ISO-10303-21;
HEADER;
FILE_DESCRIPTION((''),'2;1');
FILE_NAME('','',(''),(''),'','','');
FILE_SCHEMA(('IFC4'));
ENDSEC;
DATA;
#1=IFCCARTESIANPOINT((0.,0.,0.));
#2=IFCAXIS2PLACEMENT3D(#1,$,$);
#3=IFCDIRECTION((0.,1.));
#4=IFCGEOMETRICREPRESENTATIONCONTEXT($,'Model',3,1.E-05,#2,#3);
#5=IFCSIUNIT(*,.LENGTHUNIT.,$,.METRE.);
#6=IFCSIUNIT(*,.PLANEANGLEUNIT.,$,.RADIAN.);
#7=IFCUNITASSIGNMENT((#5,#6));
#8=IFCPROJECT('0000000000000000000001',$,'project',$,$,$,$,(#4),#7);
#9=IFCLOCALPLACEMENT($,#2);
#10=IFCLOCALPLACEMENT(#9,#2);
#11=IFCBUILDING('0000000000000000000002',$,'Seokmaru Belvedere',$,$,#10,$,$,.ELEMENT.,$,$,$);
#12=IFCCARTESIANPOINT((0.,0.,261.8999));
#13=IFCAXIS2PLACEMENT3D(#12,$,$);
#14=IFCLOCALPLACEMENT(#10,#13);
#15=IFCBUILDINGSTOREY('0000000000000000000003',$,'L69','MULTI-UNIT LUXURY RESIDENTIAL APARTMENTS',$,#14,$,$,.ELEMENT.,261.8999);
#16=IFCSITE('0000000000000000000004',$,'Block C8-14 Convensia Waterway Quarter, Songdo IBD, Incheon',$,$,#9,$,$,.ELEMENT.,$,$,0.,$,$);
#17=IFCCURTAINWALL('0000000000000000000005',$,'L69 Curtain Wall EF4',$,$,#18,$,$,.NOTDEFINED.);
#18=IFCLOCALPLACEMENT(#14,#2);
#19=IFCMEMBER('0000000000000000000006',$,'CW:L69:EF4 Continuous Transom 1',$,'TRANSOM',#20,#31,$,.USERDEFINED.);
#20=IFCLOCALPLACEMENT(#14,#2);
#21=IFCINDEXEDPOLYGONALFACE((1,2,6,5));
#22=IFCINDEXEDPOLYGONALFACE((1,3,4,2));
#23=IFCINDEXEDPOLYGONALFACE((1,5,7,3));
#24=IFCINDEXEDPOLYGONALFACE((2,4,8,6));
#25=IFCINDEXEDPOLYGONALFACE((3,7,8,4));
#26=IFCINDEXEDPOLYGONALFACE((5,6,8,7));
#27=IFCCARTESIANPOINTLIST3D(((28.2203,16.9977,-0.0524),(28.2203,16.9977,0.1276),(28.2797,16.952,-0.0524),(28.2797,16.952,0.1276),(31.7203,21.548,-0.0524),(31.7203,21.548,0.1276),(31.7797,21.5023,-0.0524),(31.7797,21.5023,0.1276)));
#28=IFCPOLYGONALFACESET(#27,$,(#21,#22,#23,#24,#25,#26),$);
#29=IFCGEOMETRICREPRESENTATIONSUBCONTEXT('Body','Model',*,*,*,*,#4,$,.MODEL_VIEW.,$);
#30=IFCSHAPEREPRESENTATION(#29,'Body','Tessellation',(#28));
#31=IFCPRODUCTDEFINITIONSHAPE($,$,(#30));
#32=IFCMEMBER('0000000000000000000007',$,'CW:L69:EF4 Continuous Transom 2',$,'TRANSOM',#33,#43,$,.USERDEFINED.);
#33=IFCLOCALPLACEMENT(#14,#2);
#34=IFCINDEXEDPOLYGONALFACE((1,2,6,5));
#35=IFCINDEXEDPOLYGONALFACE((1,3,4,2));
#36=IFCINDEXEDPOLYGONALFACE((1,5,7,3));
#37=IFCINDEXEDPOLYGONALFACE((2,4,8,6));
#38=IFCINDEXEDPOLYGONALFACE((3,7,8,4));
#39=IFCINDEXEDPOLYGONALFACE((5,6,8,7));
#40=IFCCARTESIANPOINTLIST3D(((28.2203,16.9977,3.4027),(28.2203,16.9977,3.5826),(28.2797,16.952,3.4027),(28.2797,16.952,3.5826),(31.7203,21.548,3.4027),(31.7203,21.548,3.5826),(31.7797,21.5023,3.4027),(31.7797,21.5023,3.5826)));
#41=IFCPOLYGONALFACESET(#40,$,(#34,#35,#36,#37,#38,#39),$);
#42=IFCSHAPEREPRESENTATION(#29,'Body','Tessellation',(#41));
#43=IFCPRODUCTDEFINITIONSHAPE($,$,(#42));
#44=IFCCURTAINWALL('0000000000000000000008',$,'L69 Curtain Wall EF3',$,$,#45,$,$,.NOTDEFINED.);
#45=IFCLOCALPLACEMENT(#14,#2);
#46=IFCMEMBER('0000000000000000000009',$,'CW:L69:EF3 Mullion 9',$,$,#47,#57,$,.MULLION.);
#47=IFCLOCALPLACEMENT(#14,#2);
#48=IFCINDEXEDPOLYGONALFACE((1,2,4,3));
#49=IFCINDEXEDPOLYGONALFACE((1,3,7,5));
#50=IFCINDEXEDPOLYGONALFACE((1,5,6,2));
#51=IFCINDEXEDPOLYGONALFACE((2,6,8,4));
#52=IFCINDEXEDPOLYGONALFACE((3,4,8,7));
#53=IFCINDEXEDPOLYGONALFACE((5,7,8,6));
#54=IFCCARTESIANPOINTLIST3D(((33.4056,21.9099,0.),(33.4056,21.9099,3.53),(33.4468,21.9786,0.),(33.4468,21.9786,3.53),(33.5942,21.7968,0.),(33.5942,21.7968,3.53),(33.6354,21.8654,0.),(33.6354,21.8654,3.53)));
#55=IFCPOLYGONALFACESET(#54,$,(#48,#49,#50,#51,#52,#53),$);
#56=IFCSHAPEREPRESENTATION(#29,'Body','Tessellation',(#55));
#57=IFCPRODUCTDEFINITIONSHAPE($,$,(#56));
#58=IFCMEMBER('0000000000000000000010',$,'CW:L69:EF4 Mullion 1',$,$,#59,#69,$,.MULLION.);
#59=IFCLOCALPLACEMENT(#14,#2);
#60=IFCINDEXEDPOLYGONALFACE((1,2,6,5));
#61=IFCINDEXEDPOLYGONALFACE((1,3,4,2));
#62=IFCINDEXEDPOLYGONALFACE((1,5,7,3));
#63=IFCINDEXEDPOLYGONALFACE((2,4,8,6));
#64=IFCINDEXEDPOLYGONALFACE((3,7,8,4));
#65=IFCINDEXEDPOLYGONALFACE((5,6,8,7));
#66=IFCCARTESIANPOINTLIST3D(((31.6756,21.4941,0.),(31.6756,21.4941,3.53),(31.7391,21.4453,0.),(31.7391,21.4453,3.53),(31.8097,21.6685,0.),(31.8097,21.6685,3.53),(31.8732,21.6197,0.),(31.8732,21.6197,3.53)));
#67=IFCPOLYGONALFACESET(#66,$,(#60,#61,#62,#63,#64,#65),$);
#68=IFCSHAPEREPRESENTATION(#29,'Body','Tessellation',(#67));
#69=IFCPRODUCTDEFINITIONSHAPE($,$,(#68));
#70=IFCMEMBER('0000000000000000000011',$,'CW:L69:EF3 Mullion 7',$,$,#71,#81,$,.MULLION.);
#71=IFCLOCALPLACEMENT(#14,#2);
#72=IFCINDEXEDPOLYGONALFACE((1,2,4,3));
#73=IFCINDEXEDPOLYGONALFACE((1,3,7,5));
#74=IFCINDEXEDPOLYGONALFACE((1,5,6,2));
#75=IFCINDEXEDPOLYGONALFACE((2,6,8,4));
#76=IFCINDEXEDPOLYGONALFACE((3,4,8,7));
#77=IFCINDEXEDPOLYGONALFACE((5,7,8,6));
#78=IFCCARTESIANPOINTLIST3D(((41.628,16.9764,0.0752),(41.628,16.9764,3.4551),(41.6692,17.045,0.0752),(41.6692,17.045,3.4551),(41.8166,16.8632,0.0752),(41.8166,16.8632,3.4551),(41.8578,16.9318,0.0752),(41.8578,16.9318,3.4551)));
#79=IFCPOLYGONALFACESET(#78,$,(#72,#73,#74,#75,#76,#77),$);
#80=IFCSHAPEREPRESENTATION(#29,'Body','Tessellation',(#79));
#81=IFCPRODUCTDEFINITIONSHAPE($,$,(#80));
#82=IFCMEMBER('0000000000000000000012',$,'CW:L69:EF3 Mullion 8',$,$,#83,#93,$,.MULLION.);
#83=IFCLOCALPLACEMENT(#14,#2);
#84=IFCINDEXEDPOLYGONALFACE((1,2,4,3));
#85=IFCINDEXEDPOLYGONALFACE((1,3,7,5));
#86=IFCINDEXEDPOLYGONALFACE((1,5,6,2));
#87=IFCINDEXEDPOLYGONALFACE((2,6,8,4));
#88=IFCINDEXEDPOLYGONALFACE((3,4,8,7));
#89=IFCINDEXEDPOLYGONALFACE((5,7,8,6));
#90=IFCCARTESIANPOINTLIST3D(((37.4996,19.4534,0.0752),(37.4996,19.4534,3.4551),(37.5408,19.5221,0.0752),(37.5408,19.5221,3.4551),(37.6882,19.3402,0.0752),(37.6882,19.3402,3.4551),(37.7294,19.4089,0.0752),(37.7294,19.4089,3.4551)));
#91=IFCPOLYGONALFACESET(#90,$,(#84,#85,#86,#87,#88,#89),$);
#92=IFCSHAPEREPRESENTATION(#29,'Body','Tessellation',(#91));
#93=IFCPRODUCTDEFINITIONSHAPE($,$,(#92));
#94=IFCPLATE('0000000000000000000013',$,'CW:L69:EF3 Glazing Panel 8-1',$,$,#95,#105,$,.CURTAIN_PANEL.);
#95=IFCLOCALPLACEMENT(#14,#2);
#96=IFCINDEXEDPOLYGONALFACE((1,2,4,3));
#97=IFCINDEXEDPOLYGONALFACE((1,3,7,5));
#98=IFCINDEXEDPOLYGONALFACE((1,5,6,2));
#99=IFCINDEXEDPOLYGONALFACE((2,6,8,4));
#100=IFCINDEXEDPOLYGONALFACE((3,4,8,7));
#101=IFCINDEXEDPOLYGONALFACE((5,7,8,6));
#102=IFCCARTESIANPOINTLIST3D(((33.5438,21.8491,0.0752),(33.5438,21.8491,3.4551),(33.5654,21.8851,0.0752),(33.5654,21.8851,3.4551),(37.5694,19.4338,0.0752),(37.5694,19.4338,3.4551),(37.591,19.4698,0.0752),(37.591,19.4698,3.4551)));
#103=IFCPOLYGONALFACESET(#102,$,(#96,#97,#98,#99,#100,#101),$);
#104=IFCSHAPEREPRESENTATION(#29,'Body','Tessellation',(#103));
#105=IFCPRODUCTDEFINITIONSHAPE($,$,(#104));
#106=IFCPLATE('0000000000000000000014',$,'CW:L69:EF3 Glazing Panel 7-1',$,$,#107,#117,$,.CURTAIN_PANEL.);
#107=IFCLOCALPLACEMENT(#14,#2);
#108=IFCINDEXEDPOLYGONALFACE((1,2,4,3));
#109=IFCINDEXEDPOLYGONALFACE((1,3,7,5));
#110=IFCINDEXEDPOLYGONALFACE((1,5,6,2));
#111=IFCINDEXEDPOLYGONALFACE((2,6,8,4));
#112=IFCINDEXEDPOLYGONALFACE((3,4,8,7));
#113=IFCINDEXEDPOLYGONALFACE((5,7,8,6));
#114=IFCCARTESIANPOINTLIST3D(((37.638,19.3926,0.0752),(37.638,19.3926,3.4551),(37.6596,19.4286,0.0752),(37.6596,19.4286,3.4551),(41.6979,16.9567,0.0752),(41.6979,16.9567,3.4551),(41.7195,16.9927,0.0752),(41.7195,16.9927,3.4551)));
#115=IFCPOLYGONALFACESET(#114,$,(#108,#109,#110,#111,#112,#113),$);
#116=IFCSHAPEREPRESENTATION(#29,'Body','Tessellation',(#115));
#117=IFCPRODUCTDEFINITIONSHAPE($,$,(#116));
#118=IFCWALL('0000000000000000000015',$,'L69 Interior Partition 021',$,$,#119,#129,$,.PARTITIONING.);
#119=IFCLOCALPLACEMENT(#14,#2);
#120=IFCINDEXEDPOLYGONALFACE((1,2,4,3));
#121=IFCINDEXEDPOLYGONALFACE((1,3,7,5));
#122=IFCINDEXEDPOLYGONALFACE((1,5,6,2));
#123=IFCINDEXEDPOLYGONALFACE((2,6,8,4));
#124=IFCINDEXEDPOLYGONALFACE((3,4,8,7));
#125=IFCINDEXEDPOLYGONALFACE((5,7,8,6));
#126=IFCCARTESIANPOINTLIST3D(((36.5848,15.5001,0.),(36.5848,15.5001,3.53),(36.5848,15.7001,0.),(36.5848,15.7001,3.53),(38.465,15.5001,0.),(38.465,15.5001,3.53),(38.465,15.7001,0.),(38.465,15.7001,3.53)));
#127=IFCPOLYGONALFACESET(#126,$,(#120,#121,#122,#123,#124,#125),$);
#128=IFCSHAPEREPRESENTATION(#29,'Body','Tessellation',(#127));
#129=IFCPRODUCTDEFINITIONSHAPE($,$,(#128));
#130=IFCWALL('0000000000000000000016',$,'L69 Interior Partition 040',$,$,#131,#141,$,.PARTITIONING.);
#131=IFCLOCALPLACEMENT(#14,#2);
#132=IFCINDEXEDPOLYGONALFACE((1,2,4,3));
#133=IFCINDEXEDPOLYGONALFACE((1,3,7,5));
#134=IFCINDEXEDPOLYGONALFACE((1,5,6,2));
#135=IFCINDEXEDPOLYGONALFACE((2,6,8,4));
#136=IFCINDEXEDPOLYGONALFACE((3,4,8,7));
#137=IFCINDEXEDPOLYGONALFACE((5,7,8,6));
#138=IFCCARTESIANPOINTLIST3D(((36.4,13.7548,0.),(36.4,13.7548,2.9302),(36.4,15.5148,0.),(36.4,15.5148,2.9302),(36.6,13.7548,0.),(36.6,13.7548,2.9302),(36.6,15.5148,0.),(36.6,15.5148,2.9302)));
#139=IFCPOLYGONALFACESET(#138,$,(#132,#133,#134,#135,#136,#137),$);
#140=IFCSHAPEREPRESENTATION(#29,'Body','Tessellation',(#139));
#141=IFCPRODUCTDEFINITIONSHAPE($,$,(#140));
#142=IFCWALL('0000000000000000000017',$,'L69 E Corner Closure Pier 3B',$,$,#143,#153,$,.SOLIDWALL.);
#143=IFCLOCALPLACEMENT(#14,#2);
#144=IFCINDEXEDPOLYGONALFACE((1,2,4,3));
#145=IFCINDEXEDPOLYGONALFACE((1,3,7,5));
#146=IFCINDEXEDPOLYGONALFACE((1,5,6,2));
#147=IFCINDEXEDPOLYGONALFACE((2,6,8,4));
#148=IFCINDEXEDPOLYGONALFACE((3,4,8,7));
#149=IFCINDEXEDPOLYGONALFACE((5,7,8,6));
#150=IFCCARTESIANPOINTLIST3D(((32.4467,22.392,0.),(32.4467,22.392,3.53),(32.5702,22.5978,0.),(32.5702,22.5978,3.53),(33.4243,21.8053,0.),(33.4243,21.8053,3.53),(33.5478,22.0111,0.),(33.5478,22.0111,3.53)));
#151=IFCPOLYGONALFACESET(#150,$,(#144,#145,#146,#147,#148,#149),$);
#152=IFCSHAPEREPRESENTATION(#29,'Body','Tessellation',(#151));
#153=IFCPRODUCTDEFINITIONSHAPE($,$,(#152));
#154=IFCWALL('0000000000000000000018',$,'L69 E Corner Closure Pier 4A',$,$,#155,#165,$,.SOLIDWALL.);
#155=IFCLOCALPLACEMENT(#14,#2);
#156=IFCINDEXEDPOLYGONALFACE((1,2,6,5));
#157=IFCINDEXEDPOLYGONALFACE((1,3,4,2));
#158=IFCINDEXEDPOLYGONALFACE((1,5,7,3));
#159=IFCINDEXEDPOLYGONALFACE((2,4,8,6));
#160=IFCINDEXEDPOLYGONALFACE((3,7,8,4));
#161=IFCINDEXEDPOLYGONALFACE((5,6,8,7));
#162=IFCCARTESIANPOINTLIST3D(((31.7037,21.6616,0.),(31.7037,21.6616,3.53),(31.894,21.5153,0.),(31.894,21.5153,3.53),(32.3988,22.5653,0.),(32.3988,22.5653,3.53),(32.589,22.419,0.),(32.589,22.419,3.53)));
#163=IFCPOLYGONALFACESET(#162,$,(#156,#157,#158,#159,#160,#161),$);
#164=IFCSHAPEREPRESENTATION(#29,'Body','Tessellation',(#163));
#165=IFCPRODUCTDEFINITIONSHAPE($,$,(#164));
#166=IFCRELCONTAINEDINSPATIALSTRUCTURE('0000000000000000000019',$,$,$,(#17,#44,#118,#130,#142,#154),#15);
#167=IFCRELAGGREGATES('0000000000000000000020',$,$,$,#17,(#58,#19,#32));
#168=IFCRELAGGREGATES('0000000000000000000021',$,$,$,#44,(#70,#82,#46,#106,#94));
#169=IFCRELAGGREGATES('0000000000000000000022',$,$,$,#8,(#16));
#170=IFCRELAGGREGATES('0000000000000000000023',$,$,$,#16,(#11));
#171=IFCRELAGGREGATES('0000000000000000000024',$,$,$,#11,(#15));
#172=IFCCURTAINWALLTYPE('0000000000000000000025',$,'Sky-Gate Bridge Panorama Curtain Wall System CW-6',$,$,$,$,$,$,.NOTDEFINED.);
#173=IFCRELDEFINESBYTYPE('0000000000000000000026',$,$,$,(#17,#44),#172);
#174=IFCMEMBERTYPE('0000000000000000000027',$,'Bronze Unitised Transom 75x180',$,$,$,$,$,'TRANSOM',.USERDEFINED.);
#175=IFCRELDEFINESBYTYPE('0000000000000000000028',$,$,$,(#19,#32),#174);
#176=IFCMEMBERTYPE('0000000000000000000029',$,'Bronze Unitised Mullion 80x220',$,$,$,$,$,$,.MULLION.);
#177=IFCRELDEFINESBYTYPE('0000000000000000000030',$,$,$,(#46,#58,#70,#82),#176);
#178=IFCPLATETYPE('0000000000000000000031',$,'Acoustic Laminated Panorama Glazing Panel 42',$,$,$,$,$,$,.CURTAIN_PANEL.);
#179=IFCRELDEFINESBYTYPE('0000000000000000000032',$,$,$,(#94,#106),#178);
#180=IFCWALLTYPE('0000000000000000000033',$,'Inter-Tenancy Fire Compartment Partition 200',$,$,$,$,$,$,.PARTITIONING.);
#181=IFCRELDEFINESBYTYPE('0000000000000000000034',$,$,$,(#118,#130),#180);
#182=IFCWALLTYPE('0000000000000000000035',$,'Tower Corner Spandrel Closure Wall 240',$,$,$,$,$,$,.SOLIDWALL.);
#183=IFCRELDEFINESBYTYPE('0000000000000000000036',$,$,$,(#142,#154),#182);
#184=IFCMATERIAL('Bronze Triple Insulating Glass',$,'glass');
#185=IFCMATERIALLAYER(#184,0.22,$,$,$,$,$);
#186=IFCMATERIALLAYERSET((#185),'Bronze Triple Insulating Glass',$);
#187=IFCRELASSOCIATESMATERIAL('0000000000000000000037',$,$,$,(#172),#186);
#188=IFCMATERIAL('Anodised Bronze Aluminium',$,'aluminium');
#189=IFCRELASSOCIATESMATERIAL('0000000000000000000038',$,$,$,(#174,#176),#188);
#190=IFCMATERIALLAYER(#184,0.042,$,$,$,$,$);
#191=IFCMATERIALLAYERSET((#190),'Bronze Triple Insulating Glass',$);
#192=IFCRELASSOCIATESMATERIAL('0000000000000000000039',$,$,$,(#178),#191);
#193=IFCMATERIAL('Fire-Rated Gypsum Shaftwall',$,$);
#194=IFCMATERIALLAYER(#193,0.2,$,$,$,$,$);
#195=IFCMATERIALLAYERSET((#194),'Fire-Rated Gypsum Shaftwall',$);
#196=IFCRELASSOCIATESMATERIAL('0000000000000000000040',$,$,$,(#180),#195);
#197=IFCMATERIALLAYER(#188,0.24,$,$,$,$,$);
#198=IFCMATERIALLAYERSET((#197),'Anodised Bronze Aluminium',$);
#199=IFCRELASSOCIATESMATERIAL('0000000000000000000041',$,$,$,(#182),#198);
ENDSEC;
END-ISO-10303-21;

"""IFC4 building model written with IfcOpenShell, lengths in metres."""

from ifc_helpers import new_model, si_unit, direction, frame, frame_2d, origin, origin_2d, place, context, subcontext, project, spatial, rectangle, extrude, source, transform, mapped, material, layer, layer_set, material_profile, profile_set, type_object, type_shapes, element, aggregate, save


model = new_model("IFC4")

# Units and contexts
model_context = context("Model", 3, precision=1e-05, world=origin(), true_north=direction((0.0, 1.0)))
body_context = subcontext(model_context, "Body", "Model", "MODEL_VIEW")
ifc_project = project(units=[si_unit("LENGTHUNIT", "METRE"), si_unit("PLANEANGLEUNIT", "RADIAN")], contexts=[model_context])

# Site, building, storey
site_placement = place(None, origin())
site = spatial("IfcSite", under=ifc_project, at=site_placement, Name="Block C8-14 Convensia Waterway Quarter, Songdo IBD, Incheon", CompositionType="ELEMENT", RefElevation=0.0)
building_placement = place(site_placement, origin())
building = spatial("IfcBuilding", under=site, at=building_placement, Name="Seokmaru Belvedere", CompositionType="ELEMENT")
storey_placement = place(building_placement, frame((0.0, 0.0, 261.8999)))
storey = spatial("IfcBuildingStorey", under=building, at=storey_placement, Name="L69", Description="MULTI-UNIT LUXURY RESIDENTIAL APARTMENTS", CompositionType="ELEMENT", Elevation=261.8999)

# Curtain wall, members
ifc_material_1 = material(Name="Bronze Triple Insulating Glass", Category="glass")
ifc_layer_1 = layer(ifc_material_1, 0.22)
ifc_layer_set_1 = layer_set([ifc_layer_1], Name="Bronze Triple Insulating Glass")
curtain_wall_type = type_object("IfcCurtainWallType", Name="Sky-Gate Bridge Panorama Curtain Wall System CW-6", PredefinedType="NOTDEFINED", material=ifc_layer_set_1)
curtain_wall_1_placement = place(storey_placement, origin())
curtain_wall_1 = element("IfcCurtainWall", 1, at=curtain_wall_1_placement, inside=storey, type_object=curtain_wall_type, Name="L69 Curtain Wall EF4", PredefinedType="NOTDEFINED")
ifc_material_2 = material(Name="Anodised Bronze Aluminium", Category="aluminium")
ifc_material_profile_1 = material_profile(ifc_material_2, rectangle(XDim=0.075, YDim=0.1799, at=origin_2d()), Name="CW-T-75x180")
ifc_profile_set_1 = profile_set([ifc_material_profile_1], Name="Anodised Bronze Aluminium")
member_type_1 = type_object("IfcMemberType", Name="Bronze Unitised Transom 75x180", ElementType="TRANSOM", PredefinedType="USERDEFINED", material=ifc_profile_set_1)
shared_shape_1 = source(origin(), body_context, "Body", "SweptSolid", [
    extrude(rectangle(XDim=0.075, YDim=0.1799, at=origin_2d()), origin(), (0.0, 0.0, 1.0), 5.7407),
])
type_shapes(member_type_1, [shared_shape_1])
member_1_placement = place(storey_placement, frame((31.75, 21.5251, 0.0376), z_axis=(-0.609686, -0.792643, 0.0), x_axis=(0.792643, -0.609686, 0.0)))
member_1 = element("IfcMember", 2, at=member_1_placement, type_object=member_type_1, Name="CW:L69:EF4 Continuous Transom 1", ObjectType="TRANSOM", PredefinedType="USERDEFINED", context=body_context, shape_type="MappedRepresentation", body=[
    mapped(shared_shape_1, transform((0.0, 0.0, 0.0), scale=1.0)),
])
member_2_placement = place(storey_placement, frame((31.75, 21.5251, 3.4927), z_axis=(-0.609686, -0.792643, 0.0), x_axis=(0.792643, -0.609686, 0.0)))
member_2 = element("IfcMember", 3, at=member_2_placement, type_object=member_type_1, Name="CW:L69:EF4 Continuous Transom 2", ObjectType="TRANSOM", PredefinedType="USERDEFINED", context=body_context, shape_type="MappedRepresentation", body=[
    mapped(shared_shape_1, transform((0.0, 0.0, 0.0), scale=1.0)),
])

# Curtain wall, member
curtain_wall_2_placement = place(storey_placement, origin())
curtain_wall_2 = element("IfcCurtainWall", 4, at=curtain_wall_2_placement, inside=storey, type_object=curtain_wall_type, Name="L69 Curtain Wall EF3", PredefinedType="NOTDEFINED")
ifc_material_profile_2 = material_profile(ifc_material_2, rectangle(XDim=0.0801, YDim=0.22, at=origin_2d()), Name="CW-M-80x220")
ifc_profile_set_2 = profile_set([ifc_material_profile_2], Name="Anodised Bronze Aluminium")
member_type_2 = type_object("IfcMemberType", Name="Bronze Unitised Mullion 80x220", PredefinedType="MULLION", material=ifc_profile_set_2)
shared_shape_2 = source(origin(), body_context, "Body", "SweptSolid", [
    extrude(rectangle(XDim=0.0801, YDim=0.22, at=origin_2d()), origin(), (0.0, 0.0, 1.0), 3.53),
])
member_3_placement = place(storey_placement, frame((33.5205, 21.8877, 0.0), z_axis=(0.0, 0.0, 1.0), x_axis=(-0.514495, -0.857493, 0.0)))
member_3 = element("IfcMember", 5, at=member_3_placement, type_object=member_type_2, Name="CW:L69:EF3 Mullion 9", PredefinedType="MULLION", context=body_context, shape_type="MappedRepresentation", body=[
    mapped(shared_shape_2, transform((0.0, 0.0, 0.0), scale=1.0)),
])

# Members
member_4_placement = place(storey_placement, frame((31.7744, 21.5569, 0.0), z_axis=(0.0, 0.0, 1.0), x_axis=(0.792631, -0.609701, 0.0)))
member_4 = element("IfcMember", 6, at=member_4_placement, type_object=member_type_2, Name="CW:L69:EF4 Mullion 1", PredefinedType="MULLION", context=body_context, shape_type="MappedRepresentation", body=[
    mapped(shared_shape_2, transform((0.0, 0.0, 0.0), scale=1.0)),
])
aggregate(curtain_wall_1, [member_4, member_1, member_2])
shared_shape_3 = source(origin(), body_context, "Body", "SweptSolid", [
    extrude(rectangle(XDim=0.0801, YDim=0.22, at=origin_2d()), origin(), (0.0, 0.0, 1.0), 3.3799),
])
type_shapes(member_type_2, [shared_shape_2, shared_shape_3])
member_5_placement = place(storey_placement, frame((41.7429, 16.9541, 0.0752), z_axis=(0.0, 0.0, 1.0), x_axis=(-0.514495, -0.857493, 0.0)))
member_5 = element("IfcMember", 7, at=member_5_placement, type_object=member_type_2, Name="CW:L69:EF3 Mullion 7", PredefinedType="MULLION", context=body_context, shape_type="MappedRepresentation", body=[
    mapped(shared_shape_3, transform((0.0, 0.0, 0.0), scale=1.0)),
])
member_6_placement = place(storey_placement, frame((37.6145, 19.4312, 0.0752), z_axis=(0.0, 0.0, 1.0), x_axis=(-0.514495, -0.857493, 0.0)))
member_6 = element("IfcMember", 8, at=member_6_placement, type_object=member_type_2, Name="CW:L69:EF3 Mullion 8", PredefinedType="MULLION", context=body_context, shape_type="MappedRepresentation", body=[
    mapped(shared_shape_3, transform((0.0, 0.0, 0.0), scale=1.0)),
])

# Plates
ifc_layer_2 = layer(ifc_material_1, 0.042)
ifc_layer_set_2 = layer_set([ifc_layer_2], Name="Bronze Triple Insulating Glass")
plate_type = type_object("IfcPlateType", Name="Acoustic Laminated Panorama Glazing Panel 42", PredefinedType="CURTAIN_PANEL", material=ifc_layer_set_2)
shared_shape_4 = source(origin(), body_context, "Body", "SweptSolid", [
    extrude(rectangle(XDim=4.6946, YDim=0.042, at=origin_2d()), origin(), (0.0, 0.0, 1.0), 3.3799),
])
plate_1_placement = place(storey_placement, frame((35.5674, 20.6594, 0.0752), z_axis=(0.0, 0.0, 1.0), x_axis=(-0.857493, 0.514495, 0.0)))
plate_1 = element("IfcPlate", 9, at=plate_1_placement, type_object=plate_type, Name="CW:L69:EF3 Glazing Panel 8-1", PredefinedType="CURTAIN_PANEL", context=body_context, shape_type="MappedRepresentation", body=[
    mapped(shared_shape_4, transform((0.0, 0.0, 0.0), scale=1.0)),
])
shared_shape_5 = source(origin(), body_context, "Body", "SweptSolid", [
    extrude(rectangle(XDim=4.7346, YDim=0.042, at=origin_2d()), origin(), (0.0, 0.0, 1.0), 3.3799),
])
type_shapes(plate_type, [shared_shape_4, shared_shape_5])
plate_2_placement = place(storey_placement, frame((39.6787, 18.1926, 0.0752), z_axis=(0.0, 0.0, 1.0), x_axis=(-0.857493, 0.514495, 0.0)))
plate_2 = element("IfcPlate", 10, at=plate_2_placement, type_object=plate_type, Name="CW:L69:EF3 Glazing Panel 7-1", PredefinedType="CURTAIN_PANEL", context=body_context, shape_type="MappedRepresentation", body=[
    mapped(shared_shape_5, transform((0.0, 0.0, 0.0), scale=1.0)),
])
aggregate(curtain_wall_2, [member_5, member_6, member_3, plate_2, plate_1])

# Walls
ifc_material_3 = material(Name="Fire-Rated Gypsum Shaftwall")
ifc_layer_3 = layer(ifc_material_3, 0.2)
ifc_layer_set_3 = layer_set([ifc_layer_3], Name="Fire-Rated Gypsum Shaftwall")
wall_type_1 = type_object("IfcWallType", Name="Inter-Tenancy Fire Compartment Partition 200", PredefinedType="PARTITIONING", material=ifc_layer_set_3)
wall_1_placement = place(storey_placement, frame((36.585, 15.6001, 0.0), z_axis=(0.0, 0.0, 1.0), x_axis=(1.0, 0.0, 0.0)))
element("IfcWall", 11, at=wall_1_placement, inside=storey, type_object=wall_type_1, Name="L69 Interior Partition 021", PredefinedType="PARTITIONING", context=body_context, shape_type="SweptSolid", body=[
    extrude(rectangle(XDim=1.8801, YDim=0.2, at=frame_2d((0.9399, 0.0))), origin(), (0.0, 0.0, 1.0), 3.53),
])
wall_2_placement = place(storey_placement, frame((36.5, 13.7549, 0.0), z_axis=(0.0, 0.0, 1.0), x_axis=(0.0, 1.0, 0.0)))
element("IfcWall", 12, at=wall_2_placement, inside=storey, type_object=wall_type_1, Name="L69 Interior Partition 040", PredefinedType="PARTITIONING", context=body_context, shape_type="SweptSolid", body=[
    extrude(rectangle(XDim=1.76, YDim=0.2, at=frame_2d((0.8799, 0.0))), origin(), (0.0, 0.0, 1.0), 2.9302),
])
ifc_layer_4 = layer(ifc_material_2, 0.24)
ifc_layer_set_4 = layer_set([ifc_layer_4], Name="Anodised Bronze Aluminium")
wall_type_2 = type_object("IfcWallType", Name="Tower Corner Spandrel Closure Wall 240", PredefinedType="SOLIDWALL", material=ifc_layer_set_4)
for number, where, z_axis, x_axis, name in (
    (13, (33.4861, 21.9082, 0.0), (0.0, 0.0, 1.0), (-0.857436, 0.51459, 0.0), "L69 E Corner Closure Pier 3B"),
    (14, (32.4939, 22.4922, 0.0), (0.0, 0.0, 1.0), (-0.609618, -0.792696, 0.0), "L69 E Corner Closure Pier 4A"),
):
    element("IfcWall", number, at=place(storey_placement, frame(where, z_axis=z_axis, x_axis=x_axis)), inside=storey, type_object=wall_type_2, Name=name, PredefinedType="SOLIDWALL", context=body_context, shape_type="SweptSolid", body=[
        extrude(rectangle(XDim=1.1401, YDim=0.24, at=frame_2d((0.5701, 0.0))), origin(), (0.0, 0.0, 1.0), 3.53),
    ])

save(model, "model.ifc")
